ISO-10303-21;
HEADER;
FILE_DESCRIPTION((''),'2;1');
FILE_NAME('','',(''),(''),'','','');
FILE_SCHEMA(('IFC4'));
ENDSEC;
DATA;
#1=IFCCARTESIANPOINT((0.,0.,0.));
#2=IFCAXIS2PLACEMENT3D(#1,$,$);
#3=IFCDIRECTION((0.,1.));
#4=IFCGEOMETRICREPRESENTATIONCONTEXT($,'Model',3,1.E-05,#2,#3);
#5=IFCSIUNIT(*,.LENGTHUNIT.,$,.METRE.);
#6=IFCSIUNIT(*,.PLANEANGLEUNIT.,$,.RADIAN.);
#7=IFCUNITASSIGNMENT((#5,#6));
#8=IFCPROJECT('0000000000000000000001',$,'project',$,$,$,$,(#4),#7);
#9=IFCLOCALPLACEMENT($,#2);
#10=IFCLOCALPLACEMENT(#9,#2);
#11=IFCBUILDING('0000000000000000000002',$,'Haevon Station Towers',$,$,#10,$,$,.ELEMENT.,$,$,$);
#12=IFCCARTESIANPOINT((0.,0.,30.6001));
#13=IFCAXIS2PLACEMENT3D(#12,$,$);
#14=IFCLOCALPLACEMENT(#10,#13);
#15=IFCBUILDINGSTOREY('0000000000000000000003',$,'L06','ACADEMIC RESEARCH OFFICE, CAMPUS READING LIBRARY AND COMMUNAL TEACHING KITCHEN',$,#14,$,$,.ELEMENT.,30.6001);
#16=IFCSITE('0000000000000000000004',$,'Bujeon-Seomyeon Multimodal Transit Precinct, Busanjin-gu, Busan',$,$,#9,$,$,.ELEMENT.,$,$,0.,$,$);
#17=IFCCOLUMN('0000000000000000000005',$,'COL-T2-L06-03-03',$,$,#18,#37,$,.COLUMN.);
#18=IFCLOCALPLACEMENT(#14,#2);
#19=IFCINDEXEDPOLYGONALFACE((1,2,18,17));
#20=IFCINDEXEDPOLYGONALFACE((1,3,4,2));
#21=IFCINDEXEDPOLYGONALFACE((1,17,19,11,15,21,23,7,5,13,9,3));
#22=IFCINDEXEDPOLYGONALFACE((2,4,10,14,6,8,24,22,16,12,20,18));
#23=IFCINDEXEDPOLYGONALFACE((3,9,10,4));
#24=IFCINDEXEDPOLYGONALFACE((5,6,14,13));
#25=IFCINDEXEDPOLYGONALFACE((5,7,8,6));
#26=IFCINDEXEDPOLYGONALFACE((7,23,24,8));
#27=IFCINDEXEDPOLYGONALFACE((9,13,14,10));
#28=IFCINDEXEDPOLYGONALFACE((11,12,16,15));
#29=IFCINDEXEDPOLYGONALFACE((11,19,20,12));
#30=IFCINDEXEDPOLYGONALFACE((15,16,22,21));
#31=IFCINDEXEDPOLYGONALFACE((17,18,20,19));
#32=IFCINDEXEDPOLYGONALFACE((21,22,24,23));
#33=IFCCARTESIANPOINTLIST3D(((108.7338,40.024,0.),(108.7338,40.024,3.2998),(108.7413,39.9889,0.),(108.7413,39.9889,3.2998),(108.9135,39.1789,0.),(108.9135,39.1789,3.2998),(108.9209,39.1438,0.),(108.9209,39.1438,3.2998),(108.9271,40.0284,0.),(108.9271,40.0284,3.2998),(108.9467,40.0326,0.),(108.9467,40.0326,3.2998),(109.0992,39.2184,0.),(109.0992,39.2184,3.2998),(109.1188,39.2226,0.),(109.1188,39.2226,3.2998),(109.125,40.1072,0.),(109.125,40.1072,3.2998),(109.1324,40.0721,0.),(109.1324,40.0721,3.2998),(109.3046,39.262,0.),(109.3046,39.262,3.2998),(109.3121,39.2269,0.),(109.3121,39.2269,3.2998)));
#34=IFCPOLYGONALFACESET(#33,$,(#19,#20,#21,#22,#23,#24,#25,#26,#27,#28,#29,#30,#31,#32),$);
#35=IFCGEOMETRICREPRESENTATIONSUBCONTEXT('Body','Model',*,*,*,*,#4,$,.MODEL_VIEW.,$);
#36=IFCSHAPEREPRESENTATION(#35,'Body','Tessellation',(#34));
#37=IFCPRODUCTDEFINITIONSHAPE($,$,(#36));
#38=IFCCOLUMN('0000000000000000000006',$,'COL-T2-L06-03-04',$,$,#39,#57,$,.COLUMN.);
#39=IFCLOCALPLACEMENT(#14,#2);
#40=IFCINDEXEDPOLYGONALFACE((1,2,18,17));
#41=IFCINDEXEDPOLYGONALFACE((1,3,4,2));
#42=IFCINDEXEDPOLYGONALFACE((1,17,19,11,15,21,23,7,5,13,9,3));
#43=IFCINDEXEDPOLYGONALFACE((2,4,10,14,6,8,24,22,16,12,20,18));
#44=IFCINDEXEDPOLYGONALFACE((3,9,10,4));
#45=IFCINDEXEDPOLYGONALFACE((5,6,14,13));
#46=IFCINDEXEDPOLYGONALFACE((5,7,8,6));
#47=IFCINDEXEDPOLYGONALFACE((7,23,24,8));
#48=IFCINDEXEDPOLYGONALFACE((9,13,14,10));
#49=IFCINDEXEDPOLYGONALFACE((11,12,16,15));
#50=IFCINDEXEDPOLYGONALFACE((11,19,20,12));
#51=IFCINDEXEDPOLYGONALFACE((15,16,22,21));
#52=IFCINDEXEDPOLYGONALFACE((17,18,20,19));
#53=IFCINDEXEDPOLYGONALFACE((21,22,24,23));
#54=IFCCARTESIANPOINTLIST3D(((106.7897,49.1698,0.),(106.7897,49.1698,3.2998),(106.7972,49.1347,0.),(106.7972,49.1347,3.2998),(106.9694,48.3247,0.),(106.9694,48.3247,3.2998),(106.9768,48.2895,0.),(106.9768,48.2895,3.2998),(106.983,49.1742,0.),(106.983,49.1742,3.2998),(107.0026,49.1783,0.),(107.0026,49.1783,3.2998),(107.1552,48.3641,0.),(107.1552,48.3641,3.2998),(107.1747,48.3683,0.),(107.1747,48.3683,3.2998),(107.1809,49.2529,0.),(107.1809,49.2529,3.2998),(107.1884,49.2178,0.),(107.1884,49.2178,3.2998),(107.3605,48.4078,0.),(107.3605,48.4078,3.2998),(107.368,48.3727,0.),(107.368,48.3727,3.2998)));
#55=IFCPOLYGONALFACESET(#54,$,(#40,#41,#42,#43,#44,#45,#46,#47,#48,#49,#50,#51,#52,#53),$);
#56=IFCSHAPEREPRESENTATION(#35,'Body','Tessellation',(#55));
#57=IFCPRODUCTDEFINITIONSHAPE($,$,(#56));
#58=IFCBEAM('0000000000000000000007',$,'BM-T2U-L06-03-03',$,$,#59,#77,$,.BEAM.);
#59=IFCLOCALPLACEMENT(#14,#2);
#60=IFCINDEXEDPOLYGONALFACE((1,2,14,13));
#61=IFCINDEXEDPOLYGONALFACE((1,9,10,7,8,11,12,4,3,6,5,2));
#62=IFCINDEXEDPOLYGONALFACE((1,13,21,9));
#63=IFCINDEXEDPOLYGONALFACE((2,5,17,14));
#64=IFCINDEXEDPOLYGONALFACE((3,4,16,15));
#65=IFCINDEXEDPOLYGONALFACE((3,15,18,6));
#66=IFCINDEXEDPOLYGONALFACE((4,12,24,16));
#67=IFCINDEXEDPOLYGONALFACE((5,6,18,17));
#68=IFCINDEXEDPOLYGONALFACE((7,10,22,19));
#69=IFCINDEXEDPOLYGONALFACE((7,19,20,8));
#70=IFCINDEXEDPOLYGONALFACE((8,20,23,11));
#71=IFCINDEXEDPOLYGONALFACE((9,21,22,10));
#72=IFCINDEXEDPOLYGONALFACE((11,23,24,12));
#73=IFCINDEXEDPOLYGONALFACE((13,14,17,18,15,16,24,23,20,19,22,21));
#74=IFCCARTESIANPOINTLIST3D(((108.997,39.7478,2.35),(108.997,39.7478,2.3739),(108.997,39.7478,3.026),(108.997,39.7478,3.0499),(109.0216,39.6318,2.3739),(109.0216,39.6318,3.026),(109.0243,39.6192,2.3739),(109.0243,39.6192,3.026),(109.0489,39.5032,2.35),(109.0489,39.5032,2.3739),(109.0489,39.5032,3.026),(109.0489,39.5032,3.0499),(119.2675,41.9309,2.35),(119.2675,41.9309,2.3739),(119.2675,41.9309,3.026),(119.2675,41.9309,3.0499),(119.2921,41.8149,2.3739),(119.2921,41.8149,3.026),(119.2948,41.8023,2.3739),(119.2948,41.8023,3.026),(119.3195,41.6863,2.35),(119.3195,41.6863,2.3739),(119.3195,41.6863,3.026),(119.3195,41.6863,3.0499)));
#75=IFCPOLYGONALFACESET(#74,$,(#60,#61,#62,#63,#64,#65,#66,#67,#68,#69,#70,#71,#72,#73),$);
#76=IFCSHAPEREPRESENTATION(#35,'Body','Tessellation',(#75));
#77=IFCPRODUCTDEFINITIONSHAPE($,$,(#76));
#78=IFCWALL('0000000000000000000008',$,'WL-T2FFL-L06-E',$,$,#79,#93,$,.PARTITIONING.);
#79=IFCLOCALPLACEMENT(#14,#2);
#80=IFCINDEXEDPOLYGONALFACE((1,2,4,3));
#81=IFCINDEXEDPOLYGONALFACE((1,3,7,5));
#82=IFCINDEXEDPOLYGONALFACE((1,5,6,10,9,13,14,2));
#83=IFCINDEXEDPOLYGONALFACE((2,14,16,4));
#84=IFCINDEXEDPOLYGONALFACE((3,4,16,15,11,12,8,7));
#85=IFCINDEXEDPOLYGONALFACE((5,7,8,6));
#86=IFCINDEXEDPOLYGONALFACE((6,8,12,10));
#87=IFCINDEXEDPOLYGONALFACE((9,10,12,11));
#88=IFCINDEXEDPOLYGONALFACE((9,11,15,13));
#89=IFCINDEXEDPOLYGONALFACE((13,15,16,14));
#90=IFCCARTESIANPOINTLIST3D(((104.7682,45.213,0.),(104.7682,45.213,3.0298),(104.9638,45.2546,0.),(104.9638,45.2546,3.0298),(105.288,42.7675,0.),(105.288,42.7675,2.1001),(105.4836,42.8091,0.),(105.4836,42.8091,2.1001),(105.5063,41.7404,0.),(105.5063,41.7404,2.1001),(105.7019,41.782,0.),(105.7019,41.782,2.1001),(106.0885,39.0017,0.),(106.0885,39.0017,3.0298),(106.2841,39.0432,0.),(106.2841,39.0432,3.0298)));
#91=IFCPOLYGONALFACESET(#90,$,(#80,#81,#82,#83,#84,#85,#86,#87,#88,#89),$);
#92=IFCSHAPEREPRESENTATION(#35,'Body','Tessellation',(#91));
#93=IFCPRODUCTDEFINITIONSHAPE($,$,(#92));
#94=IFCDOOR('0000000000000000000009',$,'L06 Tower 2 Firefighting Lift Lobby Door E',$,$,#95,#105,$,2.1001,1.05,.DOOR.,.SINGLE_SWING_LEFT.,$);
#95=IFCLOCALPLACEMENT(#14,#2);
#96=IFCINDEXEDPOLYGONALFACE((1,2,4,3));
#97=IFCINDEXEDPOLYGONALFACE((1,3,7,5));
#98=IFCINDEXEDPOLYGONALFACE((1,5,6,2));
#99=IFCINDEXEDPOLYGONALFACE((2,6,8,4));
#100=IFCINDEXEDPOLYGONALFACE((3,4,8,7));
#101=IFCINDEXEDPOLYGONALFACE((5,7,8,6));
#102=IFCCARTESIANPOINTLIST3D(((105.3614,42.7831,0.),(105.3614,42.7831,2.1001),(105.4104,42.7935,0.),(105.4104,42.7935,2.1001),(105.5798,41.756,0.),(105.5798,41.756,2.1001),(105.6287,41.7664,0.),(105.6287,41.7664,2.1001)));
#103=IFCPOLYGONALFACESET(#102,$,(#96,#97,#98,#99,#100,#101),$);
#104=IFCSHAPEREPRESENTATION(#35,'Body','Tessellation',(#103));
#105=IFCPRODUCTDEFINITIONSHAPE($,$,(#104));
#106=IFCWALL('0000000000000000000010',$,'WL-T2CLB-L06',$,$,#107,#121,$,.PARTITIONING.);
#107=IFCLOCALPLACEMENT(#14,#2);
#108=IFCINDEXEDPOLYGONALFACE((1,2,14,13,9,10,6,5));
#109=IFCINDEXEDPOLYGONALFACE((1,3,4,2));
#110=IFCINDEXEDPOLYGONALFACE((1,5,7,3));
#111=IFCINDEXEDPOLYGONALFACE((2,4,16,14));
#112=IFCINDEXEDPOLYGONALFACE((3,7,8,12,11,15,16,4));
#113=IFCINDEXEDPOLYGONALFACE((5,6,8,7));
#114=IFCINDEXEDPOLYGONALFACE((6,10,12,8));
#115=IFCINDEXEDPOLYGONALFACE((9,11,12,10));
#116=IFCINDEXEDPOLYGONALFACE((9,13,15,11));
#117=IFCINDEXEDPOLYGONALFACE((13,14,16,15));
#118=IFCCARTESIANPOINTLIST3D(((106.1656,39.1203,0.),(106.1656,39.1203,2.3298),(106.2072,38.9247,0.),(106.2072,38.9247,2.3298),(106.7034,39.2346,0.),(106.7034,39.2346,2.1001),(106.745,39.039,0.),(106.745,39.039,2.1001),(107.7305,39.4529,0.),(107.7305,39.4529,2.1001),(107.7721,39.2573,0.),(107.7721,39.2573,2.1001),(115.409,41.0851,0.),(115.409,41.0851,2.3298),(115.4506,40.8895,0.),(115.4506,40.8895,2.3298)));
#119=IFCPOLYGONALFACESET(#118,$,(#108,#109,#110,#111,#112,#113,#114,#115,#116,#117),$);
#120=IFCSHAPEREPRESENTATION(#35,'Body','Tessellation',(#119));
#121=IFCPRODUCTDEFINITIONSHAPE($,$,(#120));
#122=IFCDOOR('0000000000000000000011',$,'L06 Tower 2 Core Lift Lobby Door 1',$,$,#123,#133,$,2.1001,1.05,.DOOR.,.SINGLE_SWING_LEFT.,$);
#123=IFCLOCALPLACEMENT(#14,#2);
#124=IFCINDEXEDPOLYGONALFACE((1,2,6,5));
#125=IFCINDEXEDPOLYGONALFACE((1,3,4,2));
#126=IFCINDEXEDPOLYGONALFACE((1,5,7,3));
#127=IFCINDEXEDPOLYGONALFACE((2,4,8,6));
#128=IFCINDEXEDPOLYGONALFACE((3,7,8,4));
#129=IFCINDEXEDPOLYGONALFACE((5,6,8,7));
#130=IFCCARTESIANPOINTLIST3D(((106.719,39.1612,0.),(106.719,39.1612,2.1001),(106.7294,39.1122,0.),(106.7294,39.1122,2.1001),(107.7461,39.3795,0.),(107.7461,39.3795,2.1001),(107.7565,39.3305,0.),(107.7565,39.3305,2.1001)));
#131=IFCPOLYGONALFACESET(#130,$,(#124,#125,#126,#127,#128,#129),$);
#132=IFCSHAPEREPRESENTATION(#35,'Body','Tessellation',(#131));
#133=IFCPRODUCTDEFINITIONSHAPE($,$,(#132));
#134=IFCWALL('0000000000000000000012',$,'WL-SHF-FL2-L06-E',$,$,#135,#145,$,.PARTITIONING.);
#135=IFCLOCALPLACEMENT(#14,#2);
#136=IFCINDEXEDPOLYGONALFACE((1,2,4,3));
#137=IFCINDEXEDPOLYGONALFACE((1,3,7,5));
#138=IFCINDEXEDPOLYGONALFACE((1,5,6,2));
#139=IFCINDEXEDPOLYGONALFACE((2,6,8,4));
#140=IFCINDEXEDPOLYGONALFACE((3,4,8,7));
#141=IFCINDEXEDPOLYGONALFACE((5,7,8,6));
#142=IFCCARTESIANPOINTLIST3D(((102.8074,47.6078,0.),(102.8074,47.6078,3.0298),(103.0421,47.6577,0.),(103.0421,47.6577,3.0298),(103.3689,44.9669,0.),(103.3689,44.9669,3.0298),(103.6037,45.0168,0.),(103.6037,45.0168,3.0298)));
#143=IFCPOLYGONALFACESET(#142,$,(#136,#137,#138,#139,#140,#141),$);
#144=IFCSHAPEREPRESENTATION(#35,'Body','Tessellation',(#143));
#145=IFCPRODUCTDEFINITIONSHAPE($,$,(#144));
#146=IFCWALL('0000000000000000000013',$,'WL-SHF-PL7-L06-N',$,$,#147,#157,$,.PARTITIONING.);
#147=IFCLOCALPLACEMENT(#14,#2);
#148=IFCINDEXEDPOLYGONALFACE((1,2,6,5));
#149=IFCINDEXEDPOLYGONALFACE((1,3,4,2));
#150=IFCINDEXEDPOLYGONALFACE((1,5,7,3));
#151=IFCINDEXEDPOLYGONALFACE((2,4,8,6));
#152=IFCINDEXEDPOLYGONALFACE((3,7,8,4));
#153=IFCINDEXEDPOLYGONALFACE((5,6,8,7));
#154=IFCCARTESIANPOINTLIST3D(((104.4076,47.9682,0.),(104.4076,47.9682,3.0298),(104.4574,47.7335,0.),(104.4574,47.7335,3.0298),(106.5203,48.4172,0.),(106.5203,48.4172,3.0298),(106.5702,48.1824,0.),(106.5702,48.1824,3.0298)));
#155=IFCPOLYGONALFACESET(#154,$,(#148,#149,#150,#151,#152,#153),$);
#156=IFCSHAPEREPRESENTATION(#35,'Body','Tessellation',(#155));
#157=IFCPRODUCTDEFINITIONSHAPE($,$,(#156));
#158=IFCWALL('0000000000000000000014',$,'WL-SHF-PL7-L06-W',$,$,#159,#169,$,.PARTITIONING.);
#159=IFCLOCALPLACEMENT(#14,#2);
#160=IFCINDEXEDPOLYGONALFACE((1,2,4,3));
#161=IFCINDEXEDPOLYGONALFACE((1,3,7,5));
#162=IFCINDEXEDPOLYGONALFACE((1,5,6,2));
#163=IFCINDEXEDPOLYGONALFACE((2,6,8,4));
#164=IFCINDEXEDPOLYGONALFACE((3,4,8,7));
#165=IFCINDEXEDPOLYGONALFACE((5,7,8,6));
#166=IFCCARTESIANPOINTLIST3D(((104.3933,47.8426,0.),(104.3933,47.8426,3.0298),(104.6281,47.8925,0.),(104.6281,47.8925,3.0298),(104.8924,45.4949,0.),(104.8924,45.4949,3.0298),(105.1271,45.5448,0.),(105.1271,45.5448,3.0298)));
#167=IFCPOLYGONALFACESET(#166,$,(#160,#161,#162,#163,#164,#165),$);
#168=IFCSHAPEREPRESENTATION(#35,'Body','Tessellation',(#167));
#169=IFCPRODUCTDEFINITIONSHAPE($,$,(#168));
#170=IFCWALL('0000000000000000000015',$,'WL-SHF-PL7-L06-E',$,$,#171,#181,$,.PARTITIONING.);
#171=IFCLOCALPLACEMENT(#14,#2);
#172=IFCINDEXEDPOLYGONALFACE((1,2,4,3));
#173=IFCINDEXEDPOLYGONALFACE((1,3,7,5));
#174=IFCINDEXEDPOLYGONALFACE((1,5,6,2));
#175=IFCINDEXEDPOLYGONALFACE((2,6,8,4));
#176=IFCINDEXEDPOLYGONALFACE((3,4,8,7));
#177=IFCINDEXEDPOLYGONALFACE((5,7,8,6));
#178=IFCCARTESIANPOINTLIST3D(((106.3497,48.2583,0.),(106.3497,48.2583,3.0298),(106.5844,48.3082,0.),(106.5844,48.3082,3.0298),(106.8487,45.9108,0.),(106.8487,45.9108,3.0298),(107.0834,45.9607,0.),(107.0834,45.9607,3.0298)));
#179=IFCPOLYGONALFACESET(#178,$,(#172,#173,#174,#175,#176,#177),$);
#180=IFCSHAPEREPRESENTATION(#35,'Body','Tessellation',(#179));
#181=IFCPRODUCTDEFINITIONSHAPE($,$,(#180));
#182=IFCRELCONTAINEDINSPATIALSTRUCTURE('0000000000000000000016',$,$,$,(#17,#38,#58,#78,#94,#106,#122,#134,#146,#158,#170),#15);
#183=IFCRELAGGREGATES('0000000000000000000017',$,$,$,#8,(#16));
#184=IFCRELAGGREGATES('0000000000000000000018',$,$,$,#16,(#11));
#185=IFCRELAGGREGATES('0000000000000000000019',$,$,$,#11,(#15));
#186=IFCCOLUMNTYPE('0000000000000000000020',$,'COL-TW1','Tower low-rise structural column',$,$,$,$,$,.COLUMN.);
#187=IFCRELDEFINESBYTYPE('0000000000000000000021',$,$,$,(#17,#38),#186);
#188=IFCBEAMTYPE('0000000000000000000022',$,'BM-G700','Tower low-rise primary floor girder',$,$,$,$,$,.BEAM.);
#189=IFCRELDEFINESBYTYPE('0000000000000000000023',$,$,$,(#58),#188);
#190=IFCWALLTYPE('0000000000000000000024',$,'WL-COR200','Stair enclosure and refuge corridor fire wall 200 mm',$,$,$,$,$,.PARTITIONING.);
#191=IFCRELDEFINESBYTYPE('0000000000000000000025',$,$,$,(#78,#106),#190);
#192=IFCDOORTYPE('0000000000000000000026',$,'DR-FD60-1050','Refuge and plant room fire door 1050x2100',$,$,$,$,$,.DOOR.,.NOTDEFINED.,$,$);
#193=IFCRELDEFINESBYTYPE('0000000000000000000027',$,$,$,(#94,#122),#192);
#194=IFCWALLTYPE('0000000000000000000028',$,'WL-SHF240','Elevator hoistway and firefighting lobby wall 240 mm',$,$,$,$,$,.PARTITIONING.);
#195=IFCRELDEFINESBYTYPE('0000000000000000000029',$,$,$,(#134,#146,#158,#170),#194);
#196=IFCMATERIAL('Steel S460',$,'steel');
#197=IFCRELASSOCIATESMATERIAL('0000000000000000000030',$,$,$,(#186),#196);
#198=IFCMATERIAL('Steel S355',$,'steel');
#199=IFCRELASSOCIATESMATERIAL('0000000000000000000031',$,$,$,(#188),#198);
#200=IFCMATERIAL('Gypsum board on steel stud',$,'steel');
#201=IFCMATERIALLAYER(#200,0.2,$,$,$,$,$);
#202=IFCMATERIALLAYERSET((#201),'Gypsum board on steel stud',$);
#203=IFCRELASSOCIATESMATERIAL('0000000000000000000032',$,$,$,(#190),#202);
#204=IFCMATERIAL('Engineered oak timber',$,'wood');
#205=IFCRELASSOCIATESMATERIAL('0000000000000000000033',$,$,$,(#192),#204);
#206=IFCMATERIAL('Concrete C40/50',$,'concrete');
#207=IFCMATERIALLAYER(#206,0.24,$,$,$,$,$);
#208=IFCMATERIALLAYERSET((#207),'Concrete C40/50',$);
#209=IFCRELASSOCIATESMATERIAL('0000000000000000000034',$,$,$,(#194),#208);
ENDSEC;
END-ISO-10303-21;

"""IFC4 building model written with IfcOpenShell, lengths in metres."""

from ifc_helpers import new_model, si_unit, direction, frame, frame_2d, origin, origin_2d, place, context, subcontext, project, spatial, rectangle, i_section, extrude, material, layer, layer_set, material_profile, profile_set, type_object, element, fill, save


model = new_model("IFC4")

# Units and contexts
model_context = context("Model", 3, precision=1e-05, world=origin(), true_north=direction((0.0, 1.0)))
body_context = subcontext(model_context, "Body", "Model", "MODEL_VIEW")
ifc_project = project(units=[si_unit("LENGTHUNIT", "METRE"), si_unit("PLANEANGLEUNIT", "RADIAN")], contexts=[model_context])

# Site, building, storey
site_placement = place(None, origin())
site = spatial("IfcSite", under=ifc_project, at=site_placement, Name="Bujeon-Seomyeon Multimodal Transit Precinct, Busanjin-gu, Busan", CompositionType="ELEMENT", RefElevation=0.0)
building_placement = place(site_placement, origin())
building = spatial("IfcBuilding", under=site, at=building_placement, Name="Haevon Station Towers", CompositionType="ELEMENT")
storey_placement = place(building_placement, frame((0.0, 0.0, 30.6001)))
storey = spatial("IfcBuildingStorey", under=building, at=storey_placement, Name="L06", Description="ACADEMIC RESEARCH OFFICE, CAMPUS READING LIBRARY AND COMMUNAL TEACHING KITCHEN", CompositionType="ELEMENT", Elevation=30.6001)

# Columns
ifc_material_1 = material(Name="Steel S460", Category="steel")
ifc_material_profile_1 = material_profile(ifc_material_1, i_section(OverallWidth=0.3999, OverallDepth=0.8999, WebThickness=0.02, FlangeThickness=0.0359, at=origin_2d()), Name="H-900x400x20x36")
ifc_profile_set_1 = profile_set([ifc_material_profile_1], Name="Steel S460")
column_type = type_object("IfcColumnType", Name="COL-TW1", Description="Tower low-rise structural column", PredefinedType="COLUMN", material=ifc_profile_set_1)
for number, where, z_axis, x_axis, name in (
    (1, (109.0229, 39.6255, 0.0), (0.0, 0.0, 1.0), (0.978148, 0.207912, 0.0), "COL-T2-L06-03-03"),
    (2, (107.0789, 48.7712, 0.0), (0.0, 0.0, 1.0), (0.978148, 0.207912, 0.0), "COL-T2-L06-03-04"),
):
    element("IfcColumn", number, at=place(storey_placement, frame(where, z_axis=z_axis, x_axis=x_axis)), inside=storey, type_object=column_type, Name=name, PredefinedType="COLUMN", context=body_context, shape_type="SweptSolid", body=[
        extrude(i_section(OverallWidth=0.3999, OverallDepth=0.8999, WebThickness=0.02, FlangeThickness=0.0359, at=origin_2d()), origin(), (0.0, 0.0, 1.0), 3.2998),
    ])

# Beam
ifc_material_2 = material(Name="Steel S355", Category="steel")
ifc_material_profile_2 = material_profile(ifc_material_2, i_section(OverallWidth=0.25, OverallDepth=0.7, WebThickness=0.0129, FlangeThickness=0.0239, at=origin_2d()), Name="H-700x250x13x24")
ifc_profile_set_2 = profile_set([ifc_material_profile_2], Name="Steel S355")
beam_type = type_object("IfcBeamType", Name="BM-G700", Description="Tower low-rise primary floor girder", PredefinedType="BEAM", material=ifc_profile_set_2)
beam_placement = place(storey_placement, frame((109.0229, 39.6255, 2.7), z_axis=(0.978147, 0.207915, 0.0), x_axis=(-0.207915, 0.978147, 0.0)))
element("IfcBeam", 3, at=beam_placement, inside=storey, type_object=beam_type, Name="BM-T2U-L06-03-03", PredefinedType="BEAM", context=body_context, shape_type="SweptSolid", body=[
    extrude(i_section(OverallWidth=0.25, OverallDepth=0.7, WebThickness=0.0129, FlangeThickness=0.0239, at=origin_2d()), origin(), (0.0, 0.0, 1.0), 10.5),
])

# Walls, openings, doors
ifc_material_3 = material(Name="Gypsum board on steel stud", Category="steel")
ifc_layer_1 = layer(ifc_material_3, 0.2)
ifc_layer_set_1 = layer_set([ifc_layer_1], Name="Gypsum board on steel stud")
wall_type_1 = type_object("IfcWallType", Name="WL-COR200", Description="Stair enclosure and refuge corridor fire wall 200 mm", PredefinedType="PARTITIONING", material=ifc_layer_set_1)
wall_1_placement = place(storey_placement, frame((106.1863, 39.0225, 0.0), z_axis=(0.0, 0.0, 1.0), x_axis=(-0.207917, 0.978147, 0.0)))
wall_1 = element("IfcWall", 4, at=wall_1_placement, inside=storey, type_object=wall_type_1, Name="WL-T2FFL-L06-E", PredefinedType="PARTITIONING", context=body_context, shape_type="SweptSolid", body=[
    extrude(rectangle(XDim=6.3501, YDim=0.2, at=frame_2d((3.175, 0.0))), origin(), (0.0, 0.0, 1.0), 3.0298),
])
opening_1_placement = place(wall_1_placement, frame((2.8, 0.0, 0.0)))
opening_1 = element("IfcOpeningElement", 5, at=opening_1_placement, cuts=wall_1, PredefinedType="OPENING", context=body_context, shape_type="SweptSolid", body=[
    extrude(rectangle(XDim=1.05, YDim=2.1001, at=frame_2d((0.5249, 1.05))), frame((0.0, 0.1099, 0.0), z_axis=(0.0, -1.0, 0.0), x_axis=(1.0, 0.0, 0.0)), (0.0, 0.0, 1.0), 0.22),
])
ifc_material_4 = material(Name="Engineered oak timber", Category="wood")
door_type_1 = type_object("IfcDoorType", Name="DR-FD60-1050", Description="Refuge and plant room fire door 1050x2100", OperationType="NOTDEFINED", PredefinedType="DOOR", material=ifc_material_4)
door_1_placement = place(opening_1_placement, origin())
door_1 = element("IfcDoor", 6, at=door_1_placement, inside=storey, type_object=door_type_1, Name="L06 Tower 2 Firefighting Lift Lobby Door E", OperationType="SINGLE_SWING_LEFT", OverallHeight=2.1001, OverallWidth=1.05, PredefinedType="DOOR", context=body_context, shape_type="SweptSolid", body=[
    extrude(rectangle(XDim=1.05, YDim=2.1001, at=frame_2d((0.5249, 1.05))), frame((0.0, 0.0249, 0.0), z_axis=(0.0, -1.0, 0.0), x_axis=(1.0, 0.0, 0.0)), (0.0, 0.0, 1.0), 0.05),
])
fill(opening_1, door_1)
wall_2_placement = place(storey_placement, frame((106.1863, 39.0225, 0.0), z_axis=(0.0, 0.0, 1.0), x_axis=(0.978146, 0.207921, 0.0)))
wall_2 = element("IfcWall", 7, at=wall_2_placement, inside=storey, type_object=wall_type_1, Name="WL-T2CLB-L06", PredefinedType="PARTITIONING", context=body_context, shape_type="SweptSolid", body=[
    extrude(rectangle(XDim=9.45, YDim=0.2, at=frame_2d((4.7251, 0.0))), origin(), (0.0, 0.0, 1.0), 2.3298),
])
opening_2_placement = place(wall_2_placement, frame((0.55, 0.0, 0.0)))
opening_2 = element("IfcOpeningElement", 8, at=opening_2_placement, cuts=wall_2, PredefinedType="OPENING", context=body_context, shape_type="SweptSolid", body=[
    extrude(rectangle(XDim=1.05, YDim=2.1001, at=frame_2d((0.5249, 1.05))), frame((0.0, 0.1099, 0.0), z_axis=(0.0, -1.0, 0.0), x_axis=(1.0, 0.0, 0.0)), (0.0, 0.0, 1.0), 0.22),
])
door_2_placement = place(opening_2_placement, origin())
door_2 = element("IfcDoor", 9, at=door_2_placement, inside=storey, type_object=door_type_1, Name="L06 Tower 2 Core Lift Lobby Door 1", OperationType="SINGLE_SWING_LEFT", OverallHeight=2.1001, OverallWidth=1.05, PredefinedType="DOOR", context=body_context, shape_type="SweptSolid", body=[
    extrude(rectangle(XDim=1.05, YDim=2.1001, at=frame_2d((0.5249, 1.05))), frame((0.0, 0.0249, 0.0), z_axis=(0.0, -1.0, 0.0), x_axis=(1.0, 0.0, 0.0)), (0.0, 0.0, 1.0), 0.05),
])
fill(opening_2, door_2)

# Wall
ifc_material_5 = material(Name="Concrete C40/50", Category="concrete")
ifc_layer_2 = layer(ifc_material_5, 0.24)
ifc_layer_set_2 = layer_set([ifc_layer_2], Name="Concrete C40/50")
wall_type_2 = type_object("IfcWallType", Name="WL-SHF240", Description="Elevator hoistway and firefighting lobby wall 240 mm", PredefinedType="PARTITIONING", material=ifc_layer_set_2)
wall_3_placement = place(storey_placement, frame((103.4863, 44.9917, 0.0), z_axis=(0.0, 0.0, 1.0), x_axis=(-0.207979, 0.978133, 0.0)))
element("IfcWall", 10, at=wall_3_placement, inside=storey, type_object=wall_type_2, Name="WL-SHF-FL2-L06-E", PredefinedType="PARTITIONING", context=body_context, shape_type="SweptSolid", body=[
    extrude(rectangle(XDim=2.7, YDim=0.24, at=frame_2d((1.3501, 0.0))), origin(), (0.0, 0.0, 1.0), 3.0298),
])

# Walls
wall_4_placement = place(storey_placement, frame((104.4324, 47.8508, 0.0), z_axis=(0.0, 0.0, 1.0), x_axis=(0.978158, 0.207861, 0.0)))
element("IfcWall", 11, at=wall_4_placement, inside=storey, type_object=wall_type_2, Name="WL-SHF-PL7-L06-N", PredefinedType="PARTITIONING", context=body_context, shape_type="SweptSolid", body=[
    extrude(rectangle(XDim=2.1599, YDim=0.24, at=frame_2d((1.0801, 0.0))), origin(), (0.0, 0.0, 1.0), 3.0298),
])
wall_5_placement = place(storey_placement, frame((105.0098, 45.5198, 0.0), z_axis=(0.0, 0.0, 1.0), x_axis=(-0.207917, 0.978146, 0.0)))
element("IfcWall", 12, at=wall_5_placement, inside=storey, type_object=wall_type_2, Name="WL-SHF-PL7-L06-W", PredefinedType="PARTITIONING", context=body_context, shape_type="SweptSolid", body=[
    extrude(rectangle(XDim=2.4001, YDim=0.24, at=frame_2d((1.2002, 0.0))), origin(), (0.0, 0.0, 1.0), 3.0298),
])
wall_6_placement = place(storey_placement, frame((106.9661, 45.9358, 0.0), z_axis=(0.0, 0.0, 1.0), x_axis=(-0.207938, 0.978142, 0.0)))
element("IfcWall", 13, at=wall_6_placement, inside=storey, type_object=wall_type_2, Name="WL-SHF-PL7-L06-E", PredefinedType="PARTITIONING", context=body_context, shape_type="SweptSolid", body=[
    extrude(rectangle(XDim=2.3999, YDim=0.24, at=frame_2d((1.2, 0.0))), origin(), (0.0, 0.0, 1.0), 3.0298),
])

save(model, "model.ifc")
